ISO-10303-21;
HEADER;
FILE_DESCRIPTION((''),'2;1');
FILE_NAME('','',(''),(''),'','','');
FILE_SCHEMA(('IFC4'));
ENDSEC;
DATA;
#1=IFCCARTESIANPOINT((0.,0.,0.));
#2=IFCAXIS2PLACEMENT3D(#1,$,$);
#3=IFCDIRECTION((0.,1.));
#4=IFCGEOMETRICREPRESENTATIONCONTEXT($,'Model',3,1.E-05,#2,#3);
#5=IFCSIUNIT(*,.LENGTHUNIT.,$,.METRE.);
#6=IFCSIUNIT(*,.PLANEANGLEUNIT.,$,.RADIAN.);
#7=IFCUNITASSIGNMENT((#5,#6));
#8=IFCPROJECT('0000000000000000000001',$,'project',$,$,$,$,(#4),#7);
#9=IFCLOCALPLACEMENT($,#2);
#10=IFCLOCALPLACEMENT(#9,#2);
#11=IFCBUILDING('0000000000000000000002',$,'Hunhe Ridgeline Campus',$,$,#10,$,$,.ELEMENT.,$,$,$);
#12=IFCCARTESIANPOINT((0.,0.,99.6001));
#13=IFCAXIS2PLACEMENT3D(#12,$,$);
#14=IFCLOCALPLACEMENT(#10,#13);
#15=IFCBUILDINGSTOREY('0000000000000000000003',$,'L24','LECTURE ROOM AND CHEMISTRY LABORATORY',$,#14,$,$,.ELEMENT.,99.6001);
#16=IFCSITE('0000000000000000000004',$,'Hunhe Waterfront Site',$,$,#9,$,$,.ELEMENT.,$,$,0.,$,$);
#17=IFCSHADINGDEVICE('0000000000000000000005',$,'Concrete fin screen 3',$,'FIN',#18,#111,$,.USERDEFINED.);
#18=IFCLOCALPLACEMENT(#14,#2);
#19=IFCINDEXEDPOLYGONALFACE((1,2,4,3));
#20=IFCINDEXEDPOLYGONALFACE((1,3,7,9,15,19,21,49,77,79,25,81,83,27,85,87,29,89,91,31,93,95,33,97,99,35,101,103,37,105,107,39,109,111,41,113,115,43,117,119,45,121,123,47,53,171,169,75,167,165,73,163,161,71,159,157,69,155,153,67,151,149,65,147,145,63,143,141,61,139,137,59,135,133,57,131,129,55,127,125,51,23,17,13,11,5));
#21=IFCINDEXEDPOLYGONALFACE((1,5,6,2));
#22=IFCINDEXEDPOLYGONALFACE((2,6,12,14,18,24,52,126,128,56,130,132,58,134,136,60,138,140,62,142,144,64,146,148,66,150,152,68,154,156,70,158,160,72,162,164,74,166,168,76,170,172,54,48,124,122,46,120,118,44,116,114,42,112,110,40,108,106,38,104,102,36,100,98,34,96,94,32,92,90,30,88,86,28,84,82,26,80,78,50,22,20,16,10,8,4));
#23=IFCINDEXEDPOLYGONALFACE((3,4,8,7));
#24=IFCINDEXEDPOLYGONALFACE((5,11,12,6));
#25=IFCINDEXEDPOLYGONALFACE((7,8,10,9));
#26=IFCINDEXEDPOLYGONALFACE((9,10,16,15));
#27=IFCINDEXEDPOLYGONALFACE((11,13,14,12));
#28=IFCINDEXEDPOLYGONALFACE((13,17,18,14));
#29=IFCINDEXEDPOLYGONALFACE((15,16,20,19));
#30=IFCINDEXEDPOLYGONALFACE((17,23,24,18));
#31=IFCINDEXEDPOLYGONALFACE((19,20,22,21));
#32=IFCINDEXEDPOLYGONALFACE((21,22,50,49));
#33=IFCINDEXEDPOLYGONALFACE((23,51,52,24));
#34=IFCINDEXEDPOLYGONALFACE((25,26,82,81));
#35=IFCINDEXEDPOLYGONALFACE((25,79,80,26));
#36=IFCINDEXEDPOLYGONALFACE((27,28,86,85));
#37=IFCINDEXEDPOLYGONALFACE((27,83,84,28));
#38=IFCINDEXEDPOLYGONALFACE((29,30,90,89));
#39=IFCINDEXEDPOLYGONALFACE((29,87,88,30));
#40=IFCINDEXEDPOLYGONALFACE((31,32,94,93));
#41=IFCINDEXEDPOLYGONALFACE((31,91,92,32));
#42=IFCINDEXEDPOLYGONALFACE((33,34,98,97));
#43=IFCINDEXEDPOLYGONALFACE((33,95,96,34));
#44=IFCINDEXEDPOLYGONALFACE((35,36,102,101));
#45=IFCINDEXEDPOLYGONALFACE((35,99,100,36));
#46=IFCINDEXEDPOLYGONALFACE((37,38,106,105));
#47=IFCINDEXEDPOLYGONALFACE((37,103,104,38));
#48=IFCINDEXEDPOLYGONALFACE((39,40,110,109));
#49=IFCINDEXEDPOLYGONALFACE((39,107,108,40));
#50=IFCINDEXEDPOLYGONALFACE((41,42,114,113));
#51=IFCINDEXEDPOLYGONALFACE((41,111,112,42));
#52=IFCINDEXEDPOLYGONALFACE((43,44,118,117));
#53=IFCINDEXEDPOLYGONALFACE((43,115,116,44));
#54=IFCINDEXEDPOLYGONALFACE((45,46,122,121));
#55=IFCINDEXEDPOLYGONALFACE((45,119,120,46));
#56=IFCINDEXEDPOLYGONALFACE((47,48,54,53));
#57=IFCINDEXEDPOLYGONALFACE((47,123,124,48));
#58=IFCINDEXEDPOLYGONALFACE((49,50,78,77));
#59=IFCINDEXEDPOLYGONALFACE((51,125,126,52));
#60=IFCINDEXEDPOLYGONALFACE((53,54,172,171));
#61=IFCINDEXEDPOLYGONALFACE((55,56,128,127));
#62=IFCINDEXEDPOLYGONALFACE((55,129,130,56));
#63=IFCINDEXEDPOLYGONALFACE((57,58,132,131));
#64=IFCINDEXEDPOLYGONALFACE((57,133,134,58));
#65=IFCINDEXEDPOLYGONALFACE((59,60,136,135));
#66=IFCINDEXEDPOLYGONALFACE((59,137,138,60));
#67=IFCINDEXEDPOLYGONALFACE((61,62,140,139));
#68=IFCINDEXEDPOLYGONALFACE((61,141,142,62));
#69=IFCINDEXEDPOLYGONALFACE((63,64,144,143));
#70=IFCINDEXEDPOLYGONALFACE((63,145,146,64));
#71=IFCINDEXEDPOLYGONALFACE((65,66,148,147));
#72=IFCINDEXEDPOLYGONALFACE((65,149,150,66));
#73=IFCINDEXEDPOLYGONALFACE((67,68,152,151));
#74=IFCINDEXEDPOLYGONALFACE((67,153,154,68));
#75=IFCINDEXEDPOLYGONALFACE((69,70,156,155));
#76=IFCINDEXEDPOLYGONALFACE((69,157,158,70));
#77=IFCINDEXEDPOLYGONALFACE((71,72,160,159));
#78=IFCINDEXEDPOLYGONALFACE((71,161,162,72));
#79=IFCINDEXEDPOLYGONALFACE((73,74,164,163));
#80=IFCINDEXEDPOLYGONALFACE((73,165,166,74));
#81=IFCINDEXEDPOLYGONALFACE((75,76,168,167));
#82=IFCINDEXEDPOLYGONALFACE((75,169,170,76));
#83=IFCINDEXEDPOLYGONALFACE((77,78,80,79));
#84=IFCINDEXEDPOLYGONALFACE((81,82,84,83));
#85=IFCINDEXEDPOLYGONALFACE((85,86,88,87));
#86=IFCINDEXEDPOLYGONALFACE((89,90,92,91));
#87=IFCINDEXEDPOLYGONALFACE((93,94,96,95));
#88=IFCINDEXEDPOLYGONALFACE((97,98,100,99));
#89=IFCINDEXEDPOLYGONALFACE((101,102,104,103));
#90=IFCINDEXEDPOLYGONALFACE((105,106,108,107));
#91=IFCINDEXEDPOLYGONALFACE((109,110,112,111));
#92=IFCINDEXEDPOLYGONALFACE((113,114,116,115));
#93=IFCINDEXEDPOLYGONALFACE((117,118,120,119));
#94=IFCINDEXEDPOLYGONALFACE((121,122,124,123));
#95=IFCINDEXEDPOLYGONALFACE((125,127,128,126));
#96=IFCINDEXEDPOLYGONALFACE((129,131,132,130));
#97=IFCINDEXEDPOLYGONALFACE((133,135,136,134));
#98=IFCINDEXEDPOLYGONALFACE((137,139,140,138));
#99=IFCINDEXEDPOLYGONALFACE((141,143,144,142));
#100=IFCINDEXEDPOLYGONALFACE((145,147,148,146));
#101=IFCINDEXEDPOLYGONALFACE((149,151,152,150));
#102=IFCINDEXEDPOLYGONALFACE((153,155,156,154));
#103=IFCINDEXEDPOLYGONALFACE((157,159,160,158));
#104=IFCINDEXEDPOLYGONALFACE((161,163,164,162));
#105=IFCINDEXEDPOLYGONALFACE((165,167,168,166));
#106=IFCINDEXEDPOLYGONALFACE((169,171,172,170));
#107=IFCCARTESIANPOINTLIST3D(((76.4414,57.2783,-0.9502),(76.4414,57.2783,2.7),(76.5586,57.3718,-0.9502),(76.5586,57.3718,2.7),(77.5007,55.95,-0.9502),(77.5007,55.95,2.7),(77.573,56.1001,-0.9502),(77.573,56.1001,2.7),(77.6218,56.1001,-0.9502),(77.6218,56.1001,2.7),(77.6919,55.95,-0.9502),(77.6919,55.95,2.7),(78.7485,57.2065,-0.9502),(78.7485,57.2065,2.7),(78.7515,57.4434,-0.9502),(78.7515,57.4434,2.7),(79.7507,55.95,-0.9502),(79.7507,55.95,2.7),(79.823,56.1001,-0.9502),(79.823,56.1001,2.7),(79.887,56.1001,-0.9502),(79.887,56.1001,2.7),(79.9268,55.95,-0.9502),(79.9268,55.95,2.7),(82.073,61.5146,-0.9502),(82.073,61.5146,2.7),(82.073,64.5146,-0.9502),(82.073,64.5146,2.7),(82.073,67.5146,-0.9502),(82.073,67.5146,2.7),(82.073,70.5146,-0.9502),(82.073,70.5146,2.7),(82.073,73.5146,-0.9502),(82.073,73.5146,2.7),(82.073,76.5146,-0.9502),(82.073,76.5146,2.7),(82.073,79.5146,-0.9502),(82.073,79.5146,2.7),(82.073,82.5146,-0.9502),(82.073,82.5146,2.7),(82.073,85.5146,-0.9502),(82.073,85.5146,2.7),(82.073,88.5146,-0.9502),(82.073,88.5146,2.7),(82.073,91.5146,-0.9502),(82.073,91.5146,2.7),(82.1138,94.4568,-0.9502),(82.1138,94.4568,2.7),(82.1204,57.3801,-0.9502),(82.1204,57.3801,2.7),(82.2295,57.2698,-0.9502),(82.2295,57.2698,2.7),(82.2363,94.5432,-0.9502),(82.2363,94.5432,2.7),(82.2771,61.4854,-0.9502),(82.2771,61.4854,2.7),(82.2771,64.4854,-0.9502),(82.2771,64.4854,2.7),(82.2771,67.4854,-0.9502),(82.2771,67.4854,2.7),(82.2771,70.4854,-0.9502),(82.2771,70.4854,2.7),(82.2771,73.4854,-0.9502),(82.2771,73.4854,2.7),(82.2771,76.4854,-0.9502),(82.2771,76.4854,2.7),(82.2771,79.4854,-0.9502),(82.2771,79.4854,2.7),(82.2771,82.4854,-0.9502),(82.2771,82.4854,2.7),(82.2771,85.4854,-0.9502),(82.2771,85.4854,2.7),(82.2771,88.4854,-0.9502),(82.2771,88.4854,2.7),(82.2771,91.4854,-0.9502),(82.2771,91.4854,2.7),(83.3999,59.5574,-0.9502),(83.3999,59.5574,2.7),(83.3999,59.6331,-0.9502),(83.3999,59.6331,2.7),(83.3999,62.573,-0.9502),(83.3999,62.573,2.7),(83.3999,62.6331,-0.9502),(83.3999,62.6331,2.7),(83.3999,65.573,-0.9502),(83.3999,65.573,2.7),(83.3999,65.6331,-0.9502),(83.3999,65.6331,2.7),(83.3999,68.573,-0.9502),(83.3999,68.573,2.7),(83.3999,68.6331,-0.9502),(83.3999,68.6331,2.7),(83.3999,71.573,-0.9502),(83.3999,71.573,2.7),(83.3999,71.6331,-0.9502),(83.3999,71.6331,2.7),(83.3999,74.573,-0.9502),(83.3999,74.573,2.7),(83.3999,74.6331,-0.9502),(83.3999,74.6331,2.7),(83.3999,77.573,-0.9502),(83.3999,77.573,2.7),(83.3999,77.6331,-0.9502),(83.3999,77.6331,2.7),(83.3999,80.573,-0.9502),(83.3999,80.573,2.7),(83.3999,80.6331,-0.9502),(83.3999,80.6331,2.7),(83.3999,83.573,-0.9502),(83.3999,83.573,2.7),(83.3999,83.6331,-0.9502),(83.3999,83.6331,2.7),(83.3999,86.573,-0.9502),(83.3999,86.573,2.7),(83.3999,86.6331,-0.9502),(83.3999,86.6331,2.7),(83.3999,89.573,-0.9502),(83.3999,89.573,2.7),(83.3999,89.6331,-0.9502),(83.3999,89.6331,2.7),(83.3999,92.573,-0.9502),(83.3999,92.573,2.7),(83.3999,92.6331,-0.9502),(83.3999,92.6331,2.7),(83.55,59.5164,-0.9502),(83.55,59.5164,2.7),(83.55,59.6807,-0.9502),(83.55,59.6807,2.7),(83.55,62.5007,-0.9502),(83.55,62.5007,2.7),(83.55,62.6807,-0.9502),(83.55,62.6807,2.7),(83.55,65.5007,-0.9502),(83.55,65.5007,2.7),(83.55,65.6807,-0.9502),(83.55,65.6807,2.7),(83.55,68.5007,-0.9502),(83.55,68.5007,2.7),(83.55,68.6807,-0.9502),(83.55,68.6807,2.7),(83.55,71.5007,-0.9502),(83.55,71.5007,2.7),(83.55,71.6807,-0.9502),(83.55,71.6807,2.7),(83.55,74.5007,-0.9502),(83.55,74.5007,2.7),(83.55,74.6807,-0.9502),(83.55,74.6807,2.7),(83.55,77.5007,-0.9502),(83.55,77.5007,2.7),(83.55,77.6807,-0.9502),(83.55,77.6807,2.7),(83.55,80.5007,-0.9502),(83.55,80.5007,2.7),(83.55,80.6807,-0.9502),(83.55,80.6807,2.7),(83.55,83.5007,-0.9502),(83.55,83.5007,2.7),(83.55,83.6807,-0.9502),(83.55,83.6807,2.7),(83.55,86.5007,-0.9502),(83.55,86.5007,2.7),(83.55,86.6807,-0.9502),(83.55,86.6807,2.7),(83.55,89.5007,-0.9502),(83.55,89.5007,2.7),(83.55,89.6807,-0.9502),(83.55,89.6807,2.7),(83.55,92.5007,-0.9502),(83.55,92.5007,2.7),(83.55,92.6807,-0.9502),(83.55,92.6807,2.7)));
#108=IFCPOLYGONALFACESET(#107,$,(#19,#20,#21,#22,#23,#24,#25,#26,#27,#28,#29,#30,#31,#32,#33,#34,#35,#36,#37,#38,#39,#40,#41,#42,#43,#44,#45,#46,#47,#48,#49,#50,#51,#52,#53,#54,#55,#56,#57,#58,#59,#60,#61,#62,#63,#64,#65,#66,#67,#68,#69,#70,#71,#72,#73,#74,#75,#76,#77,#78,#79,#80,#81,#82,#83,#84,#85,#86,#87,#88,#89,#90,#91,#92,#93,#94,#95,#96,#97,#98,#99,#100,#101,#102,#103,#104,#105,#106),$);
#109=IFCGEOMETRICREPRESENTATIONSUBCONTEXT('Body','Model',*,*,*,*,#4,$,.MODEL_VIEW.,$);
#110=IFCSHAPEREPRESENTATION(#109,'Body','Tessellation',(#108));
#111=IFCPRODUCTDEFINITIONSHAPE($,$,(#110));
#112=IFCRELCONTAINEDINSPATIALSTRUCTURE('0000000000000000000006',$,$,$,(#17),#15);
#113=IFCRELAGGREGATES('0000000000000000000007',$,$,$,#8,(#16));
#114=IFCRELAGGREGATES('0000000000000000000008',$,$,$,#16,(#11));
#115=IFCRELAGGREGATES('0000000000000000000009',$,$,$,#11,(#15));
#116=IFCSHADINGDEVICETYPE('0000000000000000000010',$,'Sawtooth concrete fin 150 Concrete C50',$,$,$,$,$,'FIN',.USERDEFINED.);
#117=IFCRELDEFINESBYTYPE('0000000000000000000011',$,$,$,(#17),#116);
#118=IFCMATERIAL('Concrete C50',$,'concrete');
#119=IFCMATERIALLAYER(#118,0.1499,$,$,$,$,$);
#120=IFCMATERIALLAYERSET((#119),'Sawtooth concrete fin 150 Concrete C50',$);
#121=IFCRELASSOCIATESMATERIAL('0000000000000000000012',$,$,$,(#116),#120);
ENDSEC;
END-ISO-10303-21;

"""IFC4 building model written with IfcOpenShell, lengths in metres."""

from ifc_helpers import new_model, si_unit, direction, frame, origin, place, context, subcontext, project, spatial, polyline, outline, extrude, material, layer, layer_set, type_object, element, save


model = new_model("IFC4")

# Units and contexts
model_context = context("Model", 3, precision=1e-05, world=origin(), true_north=direction((0.0, 1.0)))
body_context = subcontext(model_context, "Body", "Model", "MODEL_VIEW")
ifc_project = project(units=[si_unit("LENGTHUNIT", "METRE"), si_unit("PLANEANGLEUNIT", "RADIAN")], contexts=[model_context])

# Site, building, storey
site_placement = place(None, origin())
site = spatial("IfcSite", under=ifc_project, at=site_placement, Name="Hunhe Waterfront Site", CompositionType="ELEMENT", RefElevation=0.0)
building_placement = place(site_placement, origin())
building = spatial("IfcBuilding", under=site, at=building_placement, Name="Hunhe Ridgeline Campus", CompositionType="ELEMENT")
storey_placement = place(building_placement, frame((0.0, 0.0, 99.6001)))
storey = spatial("IfcBuildingStorey", under=building, at=storey_placement, Name="L24", Description="LECTURE ROOM AND CHEMISTRY LABORATORY", CompositionType="ELEMENT", Elevation=99.6001)

# Shading device
ifc_material_1 = material(Name="Concrete C50", Category="concrete")
ifc_layer_1 = layer(ifc_material_1, 0.1499)
ifc_layer_set_1 = layer_set([ifc_layer_1], Name="Sawtooth concrete fin 150 Concrete C50")
shading_device_type = type_object("IfcShadingDeviceType", Name="Sawtooth concrete fin 150 Concrete C50", ElementType="FIN", PredefinedType="USERDEFINED", material=ifc_layer_set_1)
shading_device_1_placement = place(storey_placement, frame((0.0, 0.0, -0.9502)))
element("IfcShadingDevice", 1, at=shading_device_1_placement, inside=storey, type_object=shading_device_type, Name="Concrete fin screen 3", ObjectType="FIN", PredefinedType="USERDEFINED", context=body_context, shape_type="SweptSolid", body=[
    extrude(outline(polyline([(76.5586, 57.3718), (76.4414, 57.2783), (77.5007, 55.95), (77.6919, 55.95), (78.7485, 57.2065), (79.7507, 55.95), (79.9268, 55.95), (82.2295, 57.2698), (83.55, 59.5164), (83.55, 59.6807), (82.2771, 61.4854), (83.55, 62.5007), (83.55, 62.6807), (82.2771, 64.4854), (83.55, 65.5007), (83.55, 65.6807), (82.2771, 67.4854), (83.55, 68.5007), (83.55, 68.6807), (82.2771, 70.4854), (83.55, 71.5007), (83.55, 71.6807), (82.2771, 73.4854), (83.55, 74.5007), (83.55, 74.6807), (82.2771, 76.4854), (83.55, 77.5007), (83.55, 77.6807), (82.2771, 79.4854), (83.55, 80.5007), (83.55, 80.6807), (82.2771, 82.4854), (83.55, 83.5007), (83.55, 83.6807), (82.2771, 85.4854), (83.55, 86.5007), (83.55, 86.6807), (82.2771, 88.4854), (83.55, 89.5007), (83.55, 89.6807), (82.2771, 91.4854), (83.55, 92.5007), (83.55, 92.6807), (82.2363, 94.5432), (82.1138, 94.4568), (83.3999, 92.6331), (83.3999, 92.573), (82.073, 91.5146), (83.3999, 89.6331), (83.3999, 89.573), (82.073, 88.5146), (83.3999, 86.6331), (83.3999, 86.573), (82.073, 85.5146), (83.3999, 83.6331), (83.3999, 83.573), (82.073, 82.5146), (83.3999, 80.6331), (83.3999, 80.573), (82.073, 79.5146), (83.3999, 77.6331), (83.3999, 77.573), (82.073, 76.5146), (83.3999, 74.6331), (83.3999, 74.573), (82.073, 73.5146), (83.3999, 71.6331), (83.3999, 71.573), (82.073, 70.5146), (83.3999, 68.6331), (83.3999, 68.573), (82.073, 67.5146), (83.3999, 65.6331), (83.3999, 65.573), (82.073, 64.5146), (83.3999, 62.6331), (83.3999, 62.573), (82.073, 61.5146), (83.3999, 59.6331), (83.3999, 59.5574), (82.1204, 57.3801), (79.887, 56.1001), (79.823, 56.1001), (78.7515, 57.4434), (77.6218, 56.1001), (77.573, 56.1001), (76.5586, 57.3718)])), origin(), (0.0, 0.0, 1.0), 3.6501),
])

save(model, "model.ifc")
